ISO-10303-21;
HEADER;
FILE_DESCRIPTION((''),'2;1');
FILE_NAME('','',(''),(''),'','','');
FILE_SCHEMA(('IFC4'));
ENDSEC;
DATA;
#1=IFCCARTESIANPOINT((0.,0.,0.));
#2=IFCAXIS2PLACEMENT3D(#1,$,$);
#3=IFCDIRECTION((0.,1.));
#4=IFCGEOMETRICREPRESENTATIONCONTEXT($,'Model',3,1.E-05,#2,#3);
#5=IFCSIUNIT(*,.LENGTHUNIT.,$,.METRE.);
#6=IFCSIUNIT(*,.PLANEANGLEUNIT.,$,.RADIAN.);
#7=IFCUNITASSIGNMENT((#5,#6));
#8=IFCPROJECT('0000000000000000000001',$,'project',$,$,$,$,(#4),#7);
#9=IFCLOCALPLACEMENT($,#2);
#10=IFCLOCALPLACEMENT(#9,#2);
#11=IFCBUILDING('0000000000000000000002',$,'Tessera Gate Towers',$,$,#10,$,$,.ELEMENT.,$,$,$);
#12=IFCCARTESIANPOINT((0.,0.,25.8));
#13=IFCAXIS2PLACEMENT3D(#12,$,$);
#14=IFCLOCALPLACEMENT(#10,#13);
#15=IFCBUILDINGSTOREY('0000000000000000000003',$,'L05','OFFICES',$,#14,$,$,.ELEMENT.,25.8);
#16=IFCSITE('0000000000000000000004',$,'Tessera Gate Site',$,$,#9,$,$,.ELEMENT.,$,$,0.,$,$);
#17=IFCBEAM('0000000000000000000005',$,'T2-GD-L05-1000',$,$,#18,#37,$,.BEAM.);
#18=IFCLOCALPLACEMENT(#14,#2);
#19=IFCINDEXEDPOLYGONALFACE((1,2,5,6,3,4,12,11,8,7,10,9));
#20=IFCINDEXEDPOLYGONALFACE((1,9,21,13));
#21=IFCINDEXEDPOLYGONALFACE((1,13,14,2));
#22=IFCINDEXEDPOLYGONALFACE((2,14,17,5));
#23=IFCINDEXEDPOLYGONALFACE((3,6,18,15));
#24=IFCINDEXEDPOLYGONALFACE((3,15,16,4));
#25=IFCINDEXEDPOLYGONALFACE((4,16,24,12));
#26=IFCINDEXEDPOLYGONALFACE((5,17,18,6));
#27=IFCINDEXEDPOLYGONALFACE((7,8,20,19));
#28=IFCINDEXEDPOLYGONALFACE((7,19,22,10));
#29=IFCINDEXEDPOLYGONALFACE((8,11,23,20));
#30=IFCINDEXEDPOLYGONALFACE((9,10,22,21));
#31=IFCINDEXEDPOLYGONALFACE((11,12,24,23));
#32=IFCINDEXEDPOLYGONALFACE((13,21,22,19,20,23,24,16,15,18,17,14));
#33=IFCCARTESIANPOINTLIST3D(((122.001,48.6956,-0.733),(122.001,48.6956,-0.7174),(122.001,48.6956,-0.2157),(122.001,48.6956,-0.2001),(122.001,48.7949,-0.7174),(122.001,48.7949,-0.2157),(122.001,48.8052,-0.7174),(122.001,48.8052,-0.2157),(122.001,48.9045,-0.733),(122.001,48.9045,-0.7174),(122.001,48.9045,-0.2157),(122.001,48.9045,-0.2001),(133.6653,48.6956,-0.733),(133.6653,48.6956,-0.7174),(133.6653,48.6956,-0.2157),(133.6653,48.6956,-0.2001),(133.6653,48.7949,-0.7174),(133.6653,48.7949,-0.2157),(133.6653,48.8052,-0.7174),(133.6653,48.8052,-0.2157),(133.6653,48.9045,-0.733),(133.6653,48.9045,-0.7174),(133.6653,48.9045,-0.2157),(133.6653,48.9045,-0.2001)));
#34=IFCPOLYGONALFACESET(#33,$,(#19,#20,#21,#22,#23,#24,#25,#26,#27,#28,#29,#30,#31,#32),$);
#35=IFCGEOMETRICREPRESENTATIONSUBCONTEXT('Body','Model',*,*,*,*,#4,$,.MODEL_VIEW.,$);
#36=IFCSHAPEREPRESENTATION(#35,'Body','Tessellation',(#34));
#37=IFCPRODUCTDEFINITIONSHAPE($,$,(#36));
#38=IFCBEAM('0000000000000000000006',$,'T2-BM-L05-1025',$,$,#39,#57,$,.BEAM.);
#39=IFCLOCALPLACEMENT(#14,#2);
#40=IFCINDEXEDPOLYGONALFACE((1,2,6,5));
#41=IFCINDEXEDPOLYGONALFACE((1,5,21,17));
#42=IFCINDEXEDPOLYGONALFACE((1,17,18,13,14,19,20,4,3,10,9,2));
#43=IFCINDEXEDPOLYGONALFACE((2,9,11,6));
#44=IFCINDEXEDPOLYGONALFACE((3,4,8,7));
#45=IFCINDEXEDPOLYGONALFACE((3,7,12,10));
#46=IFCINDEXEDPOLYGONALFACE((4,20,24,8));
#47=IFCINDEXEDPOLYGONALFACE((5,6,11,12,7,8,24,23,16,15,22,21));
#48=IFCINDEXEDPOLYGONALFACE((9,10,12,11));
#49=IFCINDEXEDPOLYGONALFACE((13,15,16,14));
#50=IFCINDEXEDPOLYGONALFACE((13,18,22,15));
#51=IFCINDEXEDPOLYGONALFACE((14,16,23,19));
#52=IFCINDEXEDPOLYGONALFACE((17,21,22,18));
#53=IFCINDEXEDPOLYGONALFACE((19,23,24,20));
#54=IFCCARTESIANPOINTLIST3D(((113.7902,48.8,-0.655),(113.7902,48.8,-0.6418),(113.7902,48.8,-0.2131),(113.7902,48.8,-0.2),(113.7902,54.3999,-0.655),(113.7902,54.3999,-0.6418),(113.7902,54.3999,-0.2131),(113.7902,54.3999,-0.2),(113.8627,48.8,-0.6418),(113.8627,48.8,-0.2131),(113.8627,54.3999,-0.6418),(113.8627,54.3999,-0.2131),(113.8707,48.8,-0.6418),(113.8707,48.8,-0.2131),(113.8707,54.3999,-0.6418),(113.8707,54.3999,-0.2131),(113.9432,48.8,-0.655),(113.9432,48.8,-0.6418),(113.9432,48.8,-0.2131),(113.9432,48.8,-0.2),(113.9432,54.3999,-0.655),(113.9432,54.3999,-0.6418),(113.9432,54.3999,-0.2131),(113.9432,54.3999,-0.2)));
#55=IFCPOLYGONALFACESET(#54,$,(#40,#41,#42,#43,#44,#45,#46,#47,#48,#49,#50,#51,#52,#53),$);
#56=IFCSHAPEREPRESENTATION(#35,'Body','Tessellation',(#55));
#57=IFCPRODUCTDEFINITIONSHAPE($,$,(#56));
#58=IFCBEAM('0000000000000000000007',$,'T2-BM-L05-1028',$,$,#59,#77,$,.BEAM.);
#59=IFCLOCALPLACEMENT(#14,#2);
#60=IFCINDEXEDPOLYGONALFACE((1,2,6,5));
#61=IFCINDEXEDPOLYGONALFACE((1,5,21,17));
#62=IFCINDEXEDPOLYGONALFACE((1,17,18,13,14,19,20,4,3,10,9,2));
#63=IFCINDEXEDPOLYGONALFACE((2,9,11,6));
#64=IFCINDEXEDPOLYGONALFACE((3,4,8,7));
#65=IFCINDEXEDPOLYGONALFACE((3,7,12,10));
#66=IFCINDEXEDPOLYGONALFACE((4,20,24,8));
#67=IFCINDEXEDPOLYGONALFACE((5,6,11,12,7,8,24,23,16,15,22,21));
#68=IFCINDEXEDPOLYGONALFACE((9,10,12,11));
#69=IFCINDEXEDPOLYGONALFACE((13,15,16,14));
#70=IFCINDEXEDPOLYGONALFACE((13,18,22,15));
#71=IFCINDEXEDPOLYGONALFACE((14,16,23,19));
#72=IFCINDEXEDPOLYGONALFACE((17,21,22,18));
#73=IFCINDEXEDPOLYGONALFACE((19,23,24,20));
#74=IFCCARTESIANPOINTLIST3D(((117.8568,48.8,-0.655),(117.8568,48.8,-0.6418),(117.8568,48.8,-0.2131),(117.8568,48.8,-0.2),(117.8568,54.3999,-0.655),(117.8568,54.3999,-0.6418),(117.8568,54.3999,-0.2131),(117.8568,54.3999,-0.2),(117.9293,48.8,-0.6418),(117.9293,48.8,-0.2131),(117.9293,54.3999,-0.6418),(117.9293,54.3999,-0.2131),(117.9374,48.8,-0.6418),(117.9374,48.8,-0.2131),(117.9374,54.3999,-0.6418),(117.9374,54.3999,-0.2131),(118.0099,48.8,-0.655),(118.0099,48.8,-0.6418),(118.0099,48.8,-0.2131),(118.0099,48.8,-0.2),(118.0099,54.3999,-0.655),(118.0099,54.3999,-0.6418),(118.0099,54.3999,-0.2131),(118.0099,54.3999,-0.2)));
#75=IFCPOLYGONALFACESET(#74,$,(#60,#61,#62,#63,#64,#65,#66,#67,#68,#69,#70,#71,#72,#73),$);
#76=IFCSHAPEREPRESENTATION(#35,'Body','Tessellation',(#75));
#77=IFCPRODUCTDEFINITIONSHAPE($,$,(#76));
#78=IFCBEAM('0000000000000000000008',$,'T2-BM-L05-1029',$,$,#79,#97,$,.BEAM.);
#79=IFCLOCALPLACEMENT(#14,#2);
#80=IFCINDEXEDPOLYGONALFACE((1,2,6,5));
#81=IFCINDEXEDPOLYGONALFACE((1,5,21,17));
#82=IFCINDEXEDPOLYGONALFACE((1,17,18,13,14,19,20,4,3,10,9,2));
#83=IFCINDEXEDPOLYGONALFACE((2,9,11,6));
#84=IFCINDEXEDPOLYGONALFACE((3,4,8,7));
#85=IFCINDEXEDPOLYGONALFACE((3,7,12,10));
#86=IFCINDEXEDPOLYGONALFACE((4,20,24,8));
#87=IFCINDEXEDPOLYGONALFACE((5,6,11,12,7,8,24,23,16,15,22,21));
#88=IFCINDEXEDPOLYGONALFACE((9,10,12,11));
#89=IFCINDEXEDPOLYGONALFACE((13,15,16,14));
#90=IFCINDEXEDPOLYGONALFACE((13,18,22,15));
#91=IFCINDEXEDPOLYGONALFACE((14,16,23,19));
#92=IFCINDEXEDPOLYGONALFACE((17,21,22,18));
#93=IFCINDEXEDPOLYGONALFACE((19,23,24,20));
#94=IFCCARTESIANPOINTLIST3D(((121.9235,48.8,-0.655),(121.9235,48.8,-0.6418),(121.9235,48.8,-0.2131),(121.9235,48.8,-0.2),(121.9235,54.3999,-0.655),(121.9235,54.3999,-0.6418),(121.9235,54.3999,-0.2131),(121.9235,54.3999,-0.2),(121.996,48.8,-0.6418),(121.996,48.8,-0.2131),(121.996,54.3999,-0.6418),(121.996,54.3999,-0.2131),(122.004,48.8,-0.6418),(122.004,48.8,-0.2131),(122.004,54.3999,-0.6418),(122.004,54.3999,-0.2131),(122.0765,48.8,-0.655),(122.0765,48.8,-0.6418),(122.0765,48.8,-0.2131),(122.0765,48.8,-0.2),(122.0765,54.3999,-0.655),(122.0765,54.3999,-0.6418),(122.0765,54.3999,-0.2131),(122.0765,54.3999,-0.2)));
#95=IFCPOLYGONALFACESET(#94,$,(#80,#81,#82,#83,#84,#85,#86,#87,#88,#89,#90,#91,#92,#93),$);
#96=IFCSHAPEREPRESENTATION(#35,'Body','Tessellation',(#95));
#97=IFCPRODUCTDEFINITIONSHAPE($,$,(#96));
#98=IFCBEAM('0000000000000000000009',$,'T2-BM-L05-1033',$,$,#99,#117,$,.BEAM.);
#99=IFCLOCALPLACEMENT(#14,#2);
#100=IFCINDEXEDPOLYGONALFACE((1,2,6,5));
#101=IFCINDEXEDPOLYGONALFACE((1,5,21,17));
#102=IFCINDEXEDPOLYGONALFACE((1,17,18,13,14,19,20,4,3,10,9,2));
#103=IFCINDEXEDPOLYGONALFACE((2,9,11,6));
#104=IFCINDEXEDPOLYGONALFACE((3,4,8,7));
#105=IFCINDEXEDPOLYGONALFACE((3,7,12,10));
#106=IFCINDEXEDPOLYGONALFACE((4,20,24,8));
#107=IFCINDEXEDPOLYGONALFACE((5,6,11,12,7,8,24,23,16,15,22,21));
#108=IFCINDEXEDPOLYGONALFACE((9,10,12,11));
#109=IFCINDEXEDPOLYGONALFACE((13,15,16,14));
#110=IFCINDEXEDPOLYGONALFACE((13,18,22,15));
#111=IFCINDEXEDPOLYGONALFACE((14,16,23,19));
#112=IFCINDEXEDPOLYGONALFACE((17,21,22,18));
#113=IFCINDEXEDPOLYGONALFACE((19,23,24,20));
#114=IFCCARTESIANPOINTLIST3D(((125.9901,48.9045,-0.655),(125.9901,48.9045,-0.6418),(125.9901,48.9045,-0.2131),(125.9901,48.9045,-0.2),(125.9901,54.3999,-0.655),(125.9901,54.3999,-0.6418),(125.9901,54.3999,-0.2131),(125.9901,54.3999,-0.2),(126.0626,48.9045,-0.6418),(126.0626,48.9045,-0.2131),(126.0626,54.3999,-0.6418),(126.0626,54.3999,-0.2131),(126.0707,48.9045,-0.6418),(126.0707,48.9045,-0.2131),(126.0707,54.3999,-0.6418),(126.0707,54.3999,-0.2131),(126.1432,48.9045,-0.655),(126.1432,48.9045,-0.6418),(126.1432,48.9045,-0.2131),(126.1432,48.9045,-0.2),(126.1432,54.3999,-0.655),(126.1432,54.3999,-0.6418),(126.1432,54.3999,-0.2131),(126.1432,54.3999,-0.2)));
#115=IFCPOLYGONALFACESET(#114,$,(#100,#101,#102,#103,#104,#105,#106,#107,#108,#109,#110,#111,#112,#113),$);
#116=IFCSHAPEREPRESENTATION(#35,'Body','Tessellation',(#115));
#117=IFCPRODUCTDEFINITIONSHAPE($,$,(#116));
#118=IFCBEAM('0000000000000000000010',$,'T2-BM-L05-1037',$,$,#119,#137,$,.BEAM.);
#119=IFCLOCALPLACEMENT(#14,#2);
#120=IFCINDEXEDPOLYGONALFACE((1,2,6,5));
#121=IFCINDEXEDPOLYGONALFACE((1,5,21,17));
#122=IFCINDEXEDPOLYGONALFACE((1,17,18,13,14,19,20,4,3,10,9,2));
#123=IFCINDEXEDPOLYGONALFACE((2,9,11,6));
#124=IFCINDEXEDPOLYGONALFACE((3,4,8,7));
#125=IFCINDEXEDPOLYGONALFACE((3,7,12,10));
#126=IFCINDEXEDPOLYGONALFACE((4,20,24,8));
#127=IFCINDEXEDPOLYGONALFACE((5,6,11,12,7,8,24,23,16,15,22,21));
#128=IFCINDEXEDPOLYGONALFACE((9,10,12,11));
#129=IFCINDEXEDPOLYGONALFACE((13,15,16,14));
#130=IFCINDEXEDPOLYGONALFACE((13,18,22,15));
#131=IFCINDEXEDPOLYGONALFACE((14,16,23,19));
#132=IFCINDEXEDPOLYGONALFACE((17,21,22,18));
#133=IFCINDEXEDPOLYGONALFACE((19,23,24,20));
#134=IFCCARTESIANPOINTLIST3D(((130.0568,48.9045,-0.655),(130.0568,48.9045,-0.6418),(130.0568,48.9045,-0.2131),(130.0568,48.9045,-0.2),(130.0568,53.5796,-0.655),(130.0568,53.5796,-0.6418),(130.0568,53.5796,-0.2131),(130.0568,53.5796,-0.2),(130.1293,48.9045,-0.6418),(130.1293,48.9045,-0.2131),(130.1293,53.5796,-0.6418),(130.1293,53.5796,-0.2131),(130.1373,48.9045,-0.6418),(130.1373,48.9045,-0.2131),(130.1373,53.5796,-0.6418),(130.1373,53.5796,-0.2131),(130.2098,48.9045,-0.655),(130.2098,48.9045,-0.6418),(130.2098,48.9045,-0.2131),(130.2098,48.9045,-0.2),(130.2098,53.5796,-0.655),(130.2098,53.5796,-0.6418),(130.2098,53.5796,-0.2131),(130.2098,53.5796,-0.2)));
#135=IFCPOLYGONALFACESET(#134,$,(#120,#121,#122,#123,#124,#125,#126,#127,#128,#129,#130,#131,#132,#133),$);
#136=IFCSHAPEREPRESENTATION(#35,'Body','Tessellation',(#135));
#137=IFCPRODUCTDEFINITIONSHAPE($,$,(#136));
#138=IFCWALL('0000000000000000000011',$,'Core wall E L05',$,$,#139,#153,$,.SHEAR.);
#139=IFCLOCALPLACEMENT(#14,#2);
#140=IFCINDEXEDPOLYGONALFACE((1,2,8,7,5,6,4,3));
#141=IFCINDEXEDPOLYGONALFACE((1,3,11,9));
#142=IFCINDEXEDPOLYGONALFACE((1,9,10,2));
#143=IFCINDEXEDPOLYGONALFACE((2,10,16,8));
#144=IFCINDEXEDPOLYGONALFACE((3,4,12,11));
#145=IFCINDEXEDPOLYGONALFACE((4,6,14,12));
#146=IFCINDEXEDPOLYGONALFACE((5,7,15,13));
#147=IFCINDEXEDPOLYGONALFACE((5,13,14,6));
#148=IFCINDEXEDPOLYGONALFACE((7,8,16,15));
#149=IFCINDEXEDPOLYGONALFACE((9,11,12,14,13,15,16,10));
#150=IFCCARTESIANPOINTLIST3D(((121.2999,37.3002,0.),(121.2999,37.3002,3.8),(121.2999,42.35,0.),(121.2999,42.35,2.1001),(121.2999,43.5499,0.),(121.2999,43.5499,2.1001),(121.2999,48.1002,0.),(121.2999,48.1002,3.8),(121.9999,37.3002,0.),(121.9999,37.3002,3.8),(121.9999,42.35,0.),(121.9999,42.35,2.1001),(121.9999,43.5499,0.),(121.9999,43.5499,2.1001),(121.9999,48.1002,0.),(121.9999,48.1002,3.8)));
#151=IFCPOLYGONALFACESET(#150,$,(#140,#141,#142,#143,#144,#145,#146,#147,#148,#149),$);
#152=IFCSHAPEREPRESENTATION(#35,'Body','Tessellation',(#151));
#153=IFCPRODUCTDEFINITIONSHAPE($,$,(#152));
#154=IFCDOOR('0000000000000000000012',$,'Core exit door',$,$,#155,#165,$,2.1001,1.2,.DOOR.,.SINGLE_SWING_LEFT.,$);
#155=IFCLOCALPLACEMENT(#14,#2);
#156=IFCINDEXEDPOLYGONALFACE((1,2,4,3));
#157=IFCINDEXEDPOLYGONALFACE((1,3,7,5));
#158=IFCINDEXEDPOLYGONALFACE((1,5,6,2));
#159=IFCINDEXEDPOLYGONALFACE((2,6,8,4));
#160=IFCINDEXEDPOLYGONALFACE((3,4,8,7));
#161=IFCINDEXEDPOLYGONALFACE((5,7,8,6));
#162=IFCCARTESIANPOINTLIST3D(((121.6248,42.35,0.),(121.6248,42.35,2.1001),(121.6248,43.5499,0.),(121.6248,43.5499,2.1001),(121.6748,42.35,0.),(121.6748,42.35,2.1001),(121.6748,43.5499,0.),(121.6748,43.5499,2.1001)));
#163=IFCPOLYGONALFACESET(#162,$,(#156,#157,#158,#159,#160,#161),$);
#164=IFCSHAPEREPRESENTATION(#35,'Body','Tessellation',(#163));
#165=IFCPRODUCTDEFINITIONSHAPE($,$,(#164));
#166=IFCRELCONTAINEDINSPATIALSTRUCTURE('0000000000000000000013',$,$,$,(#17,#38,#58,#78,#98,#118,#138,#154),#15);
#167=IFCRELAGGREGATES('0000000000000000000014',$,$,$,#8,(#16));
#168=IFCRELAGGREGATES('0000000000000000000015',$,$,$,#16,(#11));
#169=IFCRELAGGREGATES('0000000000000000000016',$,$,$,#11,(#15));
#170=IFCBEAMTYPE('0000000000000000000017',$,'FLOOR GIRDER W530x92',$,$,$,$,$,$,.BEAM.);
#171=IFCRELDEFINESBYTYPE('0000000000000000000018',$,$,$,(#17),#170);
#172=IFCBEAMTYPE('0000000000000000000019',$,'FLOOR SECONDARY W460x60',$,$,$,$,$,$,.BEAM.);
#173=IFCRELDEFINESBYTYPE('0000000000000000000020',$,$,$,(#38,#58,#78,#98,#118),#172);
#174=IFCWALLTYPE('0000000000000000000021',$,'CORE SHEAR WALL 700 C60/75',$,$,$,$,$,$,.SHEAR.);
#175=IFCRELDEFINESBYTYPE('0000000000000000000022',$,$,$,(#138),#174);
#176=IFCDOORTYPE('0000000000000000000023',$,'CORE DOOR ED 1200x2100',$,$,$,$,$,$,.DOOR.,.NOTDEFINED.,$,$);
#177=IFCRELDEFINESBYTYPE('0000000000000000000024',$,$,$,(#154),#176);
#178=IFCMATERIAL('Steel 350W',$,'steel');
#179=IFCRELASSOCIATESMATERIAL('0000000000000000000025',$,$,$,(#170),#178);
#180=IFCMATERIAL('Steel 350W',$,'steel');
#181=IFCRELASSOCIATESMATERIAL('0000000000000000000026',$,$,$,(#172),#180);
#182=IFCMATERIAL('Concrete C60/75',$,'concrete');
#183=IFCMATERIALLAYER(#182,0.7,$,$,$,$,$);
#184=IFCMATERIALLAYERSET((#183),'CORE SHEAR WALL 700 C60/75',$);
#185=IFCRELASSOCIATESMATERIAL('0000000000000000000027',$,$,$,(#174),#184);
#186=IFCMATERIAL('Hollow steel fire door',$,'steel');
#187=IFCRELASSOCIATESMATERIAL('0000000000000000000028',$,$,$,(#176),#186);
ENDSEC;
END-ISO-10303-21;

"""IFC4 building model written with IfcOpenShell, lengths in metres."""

from ifc_helpers import new_model, si_unit, direction, frame, frame_2d, origin, origin_2d, place, context, subcontext, project, spatial, rectangle, i_section, extrude, source, transform, mapped, material, layer, layer_set, material_profile, profile_set, type_object, element, fill, save


model = new_model("IFC4")

# Units and contexts
model_context = context("Model", 3, precision=1e-05, world=origin(), true_north=direction((0.0, 1.0)))
body_context = subcontext(model_context, "Body", "Model", "MODEL_VIEW")
ifc_project = project(units=[si_unit("LENGTHUNIT", "METRE"), si_unit("PLANEANGLEUNIT", "RADIAN")], contexts=[model_context])

# Site, building, storey
site_placement = place(None, origin())
site = spatial("IfcSite", under=ifc_project, at=site_placement, Name="Tessera Gate Site", CompositionType="ELEMENT", RefElevation=0.0)
building_placement = place(site_placement, origin())
building = spatial("IfcBuilding", under=site, at=building_placement, Name="Tessera Gate Towers", CompositionType="ELEMENT")
storey_placement = place(building_placement, frame((0.0, 0.0, 25.8)))
storey = spatial("IfcBuildingStorey", under=building, at=storey_placement, Name="L05", Description="OFFICES", CompositionType="ELEMENT", Elevation=25.8)

# Beams
ifc_material_1 = material(Name="Steel 350W", Category="steel")
ifc_material_profile_1 = material_profile(ifc_material_1, i_section(OverallWidth=0.209, OverallDepth=0.533, WebThickness=0.0103, FlangeThickness=0.0156, at=origin_2d()), Name="W530x92")
ifc_profile_set_1 = profile_set([ifc_material_profile_1], Name="Steel 350W")
beam_type_1 = type_object("IfcBeamType", Name="FLOOR GIRDER W530x92", PredefinedType="BEAM", material=ifc_profile_set_1)
beam_1_placement = place(storey_placement, frame((122.001, 48.8, -0.4666), z_axis=(1.0, 0.0, 0.0), x_axis=(0.0, 1.0, 0.0)))
element("IfcBeam", 1, at=beam_1_placement, inside=storey, type_object=beam_type_1, Name="T2-GD-L05-1000", PredefinedType="BEAM", context=body_context, shape_type="SweptSolid", body=[
    extrude(i_section(OverallWidth=0.209, OverallDepth=0.533, WebThickness=0.0103, FlangeThickness=0.0156, at=origin_2d()), origin(), (0.0, 0.0, 1.0), 11.6643),
])
ifc_material_2 = material(Name="Steel 350W", Category="steel")
ifc_material_profile_2 = material_profile(ifc_material_2, i_section(OverallWidth=0.1531, OverallDepth=0.4551, WebThickness=0.0081, FlangeThickness=0.0132, at=origin_2d()), Name="W460x60")
ifc_profile_set_2 = profile_set([ifc_material_profile_2], Name="Steel 350W")
beam_type_2 = type_object("IfcBeamType", Name="FLOOR SECONDARY W460x60", PredefinedType="BEAM", material=ifc_profile_set_2)
for number, where, z_axis, x_axis, name in (
    (2, (113.8667, 48.8, -0.4275), (0.0, 1.0, 0.0), (-1.0, 0.0, 0.0), "T2-BM-L05-1025"),
    (3, (117.9333, 48.8, -0.4275), (0.0, 1.0, 0.0), (-1.0, 0.0, 0.0), "T2-BM-L05-1028"),
    (4, (122.0, 48.8, -0.4275), (0.0, 1.0, 0.0), (-1.0, 0.0, 0.0), "T2-BM-L05-1029"),
):
    element("IfcBeam", number, at=place(storey_placement, frame(where, z_axis=z_axis, x_axis=x_axis)), inside=storey, type_object=beam_type_2, Name=name, PredefinedType="BEAM", context=body_context, shape_type="SweptSolid", body=[
        extrude(i_section(OverallWidth=0.1531, OverallDepth=0.4551, WebThickness=0.0081, FlangeThickness=0.0132, at=origin_2d()), origin(), (0.0, 0.0, 1.0), 5.5999),
    ])
beam_2_placement = place(storey_placement, frame((126.0667, 48.9045, -0.4275), z_axis=(0.0, 1.0, 0.0), x_axis=(-1.0, 0.0, 0.0)))
element("IfcBeam", 5, at=beam_2_placement, inside=storey, type_object=beam_type_2, Name="T2-BM-L05-1033", PredefinedType="BEAM", context=body_context, shape_type="SweptSolid", body=[
    extrude(i_section(OverallWidth=0.1531, OverallDepth=0.4551, WebThickness=0.0081, FlangeThickness=0.0132, at=origin_2d()), origin(), (0.0, 0.0, 1.0), 5.4954),
])
beam_3_placement = place(storey_placement, frame((130.1333, 48.9045, -0.4275), z_axis=(0.0, 1.0, 0.0), x_axis=(-1.0, 0.0, 0.0)))
element("IfcBeam", 6, at=beam_3_placement, inside=storey, type_object=beam_type_2, Name="T2-BM-L05-1037", PredefinedType="BEAM", context=body_context, shape_type="SweptSolid", body=[
    extrude(i_section(OverallWidth=0.1531, OverallDepth=0.4551, WebThickness=0.0081, FlangeThickness=0.0132, at=origin_2d()), origin(), (0.0, 0.0, 1.0), 4.675),
])

# Wall, opening, door
ifc_material_3 = material(Name="Concrete C60/75", Category="concrete")
ifc_layer_1 = layer(ifc_material_3, 0.7)
ifc_layer_set_1 = layer_set([ifc_layer_1], Name="CORE SHEAR WALL 700 C60/75")
wall_type_1 = type_object("IfcWallType", Name="CORE SHEAR WALL 700 C60/75", PredefinedType="SHEAR", material=ifc_layer_set_1)
wall_1_placement = place(storey_placement, frame((121.6499, 48.1001, 0.0), z_axis=(0.0, 0.0, 1.0), x_axis=(0.0, -1.0, 0.0)))
wall_1 = element("IfcWall", 7, at=wall_1_placement, inside=storey, type_object=wall_type_1, Name="Core wall E L05", PredefinedType="SHEAR", context=body_context, shape_type="SweptSolid", body=[
    extrude(rectangle(XDim=10.8, YDim=0.7, at=frame_2d((5.3999, 0.0))), origin(), (0.0, 0.0, 1.0), 3.8),
])
shared_shape_1 = source(origin(), body_context, "Body", "SweptSolid", [
    extrude(rectangle(XDim=1.2, YDim=2.1001, at=frame_2d((0.6001, 1.05))), frame((0.0, 0.3599, 0.0), z_axis=(0.0, -1.0, 0.0), x_axis=(1.0, 0.0, 0.0)), (0.0, 0.0, 1.0), 0.72),
])
opening_1_placement = place(wall_1_placement, frame((4.55, 0.0, 0.0)))
opening_1 = element("IfcOpeningElement", 8, at=opening_1_placement, cuts=wall_1, PredefinedType="OPENING", context=body_context, shape_type="MappedRepresentation", body=[
    mapped(shared_shape_1, transform((0.0, 0.0, 0.0), scale=1.0)),
])
ifc_material_4 = material(Name="Hollow steel fire door", Category="steel")
door_type_1 = type_object("IfcDoorType", Name="CORE DOOR ED 1200x2100", OperationType="NOTDEFINED", PredefinedType="DOOR", material=ifc_material_4)
shared_shape_2 = source(origin(), body_context, "Body", "SweptSolid", [
    extrude(rectangle(XDim=1.2, YDim=2.1001, at=frame_2d((0.6001, 1.05))), frame((0.0, 0.0249, 0.0), z_axis=(0.0, -1.0, 0.0), x_axis=(1.0, 0.0, 0.0)), (0.0, 0.0, 1.0), 0.05),
])
door_1_placement = place(opening_1_placement, origin())
door_1 = element("IfcDoor", 9, at=door_1_placement, inside=storey, type_object=door_type_1, Name="Core exit door", OperationType="SINGLE_SWING_LEFT", OverallHeight=2.1001, OverallWidth=1.2, PredefinedType="DOOR", context=body_context, shape_type="MappedRepresentation", body=[
    mapped(shared_shape_2, transform((0.0, 0.0, 0.0), scale=1.0)),
])
fill(opening_1, door_1)

save(model, "model.ifc")
